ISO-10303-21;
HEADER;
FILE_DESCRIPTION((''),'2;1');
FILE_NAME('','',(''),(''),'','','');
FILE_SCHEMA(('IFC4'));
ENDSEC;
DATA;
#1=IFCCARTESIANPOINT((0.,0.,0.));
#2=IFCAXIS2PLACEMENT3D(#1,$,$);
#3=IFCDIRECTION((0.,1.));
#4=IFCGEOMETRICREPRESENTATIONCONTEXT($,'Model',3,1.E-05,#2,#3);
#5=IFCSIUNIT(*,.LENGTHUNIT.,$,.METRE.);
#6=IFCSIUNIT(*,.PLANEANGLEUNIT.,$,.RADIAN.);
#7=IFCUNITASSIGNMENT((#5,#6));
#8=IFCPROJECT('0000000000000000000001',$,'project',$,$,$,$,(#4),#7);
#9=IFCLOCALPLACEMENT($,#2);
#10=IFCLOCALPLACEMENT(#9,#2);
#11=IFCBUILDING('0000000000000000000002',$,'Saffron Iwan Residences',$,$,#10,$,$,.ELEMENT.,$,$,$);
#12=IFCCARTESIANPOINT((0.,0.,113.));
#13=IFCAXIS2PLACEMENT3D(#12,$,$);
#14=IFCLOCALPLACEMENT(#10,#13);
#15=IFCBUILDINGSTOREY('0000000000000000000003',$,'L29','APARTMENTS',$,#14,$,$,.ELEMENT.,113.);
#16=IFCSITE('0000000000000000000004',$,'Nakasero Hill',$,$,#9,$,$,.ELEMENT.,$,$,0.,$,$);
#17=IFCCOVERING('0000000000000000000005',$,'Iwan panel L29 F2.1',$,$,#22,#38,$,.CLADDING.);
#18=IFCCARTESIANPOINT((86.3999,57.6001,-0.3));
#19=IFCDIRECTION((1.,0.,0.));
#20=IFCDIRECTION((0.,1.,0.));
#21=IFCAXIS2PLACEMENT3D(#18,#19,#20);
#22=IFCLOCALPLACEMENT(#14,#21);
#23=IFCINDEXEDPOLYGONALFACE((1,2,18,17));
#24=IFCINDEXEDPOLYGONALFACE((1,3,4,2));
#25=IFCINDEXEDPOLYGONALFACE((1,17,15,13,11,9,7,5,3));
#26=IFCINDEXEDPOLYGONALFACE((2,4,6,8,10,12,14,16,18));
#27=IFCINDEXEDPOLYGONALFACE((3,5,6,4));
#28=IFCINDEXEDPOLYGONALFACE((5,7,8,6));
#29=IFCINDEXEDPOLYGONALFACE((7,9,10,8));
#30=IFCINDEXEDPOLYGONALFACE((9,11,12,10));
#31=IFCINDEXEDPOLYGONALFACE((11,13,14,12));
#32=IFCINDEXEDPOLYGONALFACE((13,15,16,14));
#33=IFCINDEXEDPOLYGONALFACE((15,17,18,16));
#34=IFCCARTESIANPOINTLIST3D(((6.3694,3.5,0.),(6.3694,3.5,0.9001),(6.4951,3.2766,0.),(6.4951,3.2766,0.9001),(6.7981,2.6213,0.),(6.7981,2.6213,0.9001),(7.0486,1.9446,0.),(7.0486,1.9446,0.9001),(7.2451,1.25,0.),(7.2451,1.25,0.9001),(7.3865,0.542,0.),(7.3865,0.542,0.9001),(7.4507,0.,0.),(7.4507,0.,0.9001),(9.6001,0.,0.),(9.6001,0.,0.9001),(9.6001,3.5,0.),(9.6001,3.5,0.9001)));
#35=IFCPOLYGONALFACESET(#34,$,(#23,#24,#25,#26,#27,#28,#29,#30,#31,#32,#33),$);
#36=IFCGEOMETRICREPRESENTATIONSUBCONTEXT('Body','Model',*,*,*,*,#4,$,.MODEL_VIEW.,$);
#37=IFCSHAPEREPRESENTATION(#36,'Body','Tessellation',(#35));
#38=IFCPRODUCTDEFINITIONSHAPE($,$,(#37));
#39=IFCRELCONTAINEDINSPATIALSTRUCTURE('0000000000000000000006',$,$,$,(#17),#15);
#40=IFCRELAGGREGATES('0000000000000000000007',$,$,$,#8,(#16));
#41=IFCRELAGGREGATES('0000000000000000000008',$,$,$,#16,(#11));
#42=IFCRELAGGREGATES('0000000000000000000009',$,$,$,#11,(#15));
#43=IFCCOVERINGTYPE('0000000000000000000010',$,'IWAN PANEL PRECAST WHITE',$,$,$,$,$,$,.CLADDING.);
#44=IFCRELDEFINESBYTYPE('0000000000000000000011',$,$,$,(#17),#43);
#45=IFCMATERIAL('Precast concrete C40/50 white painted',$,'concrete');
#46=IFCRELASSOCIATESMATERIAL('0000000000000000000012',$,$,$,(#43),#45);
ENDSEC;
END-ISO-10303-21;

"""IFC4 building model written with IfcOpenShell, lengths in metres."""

from ifc_helpers import new_model, si_unit, direction, frame, origin, place, context, subcontext, project, spatial, polyline, outline, extrude, material, type_object, element, save


model = new_model("IFC4")

# Units and contexts
model_context = context("Model", 3, precision=1e-05, world=origin(), true_north=direction((0.0, 1.0)))
body_context = subcontext(model_context, "Body", "Model", "MODEL_VIEW")
ifc_project = project(units=[si_unit("LENGTHUNIT", "METRE"), si_unit("PLANEANGLEUNIT", "RADIAN")], contexts=[model_context])

# Site, building, storey
site_placement = place(None, origin())
site = spatial("IfcSite", under=ifc_project, at=site_placement, Name="Nakasero Hill", CompositionType="ELEMENT", RefElevation=0.0)
building_placement = place(site_placement, origin())
building = spatial("IfcBuilding", under=site, at=building_placement, Name="Saffron Iwan Residences", CompositionType="ELEMENT")
storey_placement = place(building_placement, frame((0.0, 0.0, 113.0)))
storey = spatial("IfcBuildingStorey", under=building, at=storey_placement, Name="L29", Description="APARTMENTS", CompositionType="ELEMENT", Elevation=113.0)

# Covering
ifc_material_1 = material(Name="Precast concrete C40/50 white painted", Category="concrete")
covering_type_1 = type_object("IfcCoveringType", Name="IWAN PANEL PRECAST WHITE", PredefinedType="CLADDING", material=ifc_material_1)
covering_1_placement = place(storey_placement, frame((86.3999, 57.6001, -0.3), z_axis=(1.0, 0.0, 0.0), x_axis=(0.0, 1.0, 0.0)))
element("IfcCovering", 1, at=covering_1_placement, inside=storey, type_object=covering_type_1, Name="Iwan panel L29 F2.1", PredefinedType="CLADDING", context=body_context, shape_type="SweptSolid", body=[
    extrude(outline(polyline([(9.6001, 3.5), (9.6001, 0.0), (7.4507, 0.0), (7.3865, 0.542), (7.2451, 1.25), (7.0486, 1.9446), (6.7981, 2.6213), (6.4951, 3.2766), (6.3694, 3.5), (9.6001, 3.5)])), origin(), (0.0, 0.0, 1.0), 0.9001),
])

save(model, "model.ifc")
